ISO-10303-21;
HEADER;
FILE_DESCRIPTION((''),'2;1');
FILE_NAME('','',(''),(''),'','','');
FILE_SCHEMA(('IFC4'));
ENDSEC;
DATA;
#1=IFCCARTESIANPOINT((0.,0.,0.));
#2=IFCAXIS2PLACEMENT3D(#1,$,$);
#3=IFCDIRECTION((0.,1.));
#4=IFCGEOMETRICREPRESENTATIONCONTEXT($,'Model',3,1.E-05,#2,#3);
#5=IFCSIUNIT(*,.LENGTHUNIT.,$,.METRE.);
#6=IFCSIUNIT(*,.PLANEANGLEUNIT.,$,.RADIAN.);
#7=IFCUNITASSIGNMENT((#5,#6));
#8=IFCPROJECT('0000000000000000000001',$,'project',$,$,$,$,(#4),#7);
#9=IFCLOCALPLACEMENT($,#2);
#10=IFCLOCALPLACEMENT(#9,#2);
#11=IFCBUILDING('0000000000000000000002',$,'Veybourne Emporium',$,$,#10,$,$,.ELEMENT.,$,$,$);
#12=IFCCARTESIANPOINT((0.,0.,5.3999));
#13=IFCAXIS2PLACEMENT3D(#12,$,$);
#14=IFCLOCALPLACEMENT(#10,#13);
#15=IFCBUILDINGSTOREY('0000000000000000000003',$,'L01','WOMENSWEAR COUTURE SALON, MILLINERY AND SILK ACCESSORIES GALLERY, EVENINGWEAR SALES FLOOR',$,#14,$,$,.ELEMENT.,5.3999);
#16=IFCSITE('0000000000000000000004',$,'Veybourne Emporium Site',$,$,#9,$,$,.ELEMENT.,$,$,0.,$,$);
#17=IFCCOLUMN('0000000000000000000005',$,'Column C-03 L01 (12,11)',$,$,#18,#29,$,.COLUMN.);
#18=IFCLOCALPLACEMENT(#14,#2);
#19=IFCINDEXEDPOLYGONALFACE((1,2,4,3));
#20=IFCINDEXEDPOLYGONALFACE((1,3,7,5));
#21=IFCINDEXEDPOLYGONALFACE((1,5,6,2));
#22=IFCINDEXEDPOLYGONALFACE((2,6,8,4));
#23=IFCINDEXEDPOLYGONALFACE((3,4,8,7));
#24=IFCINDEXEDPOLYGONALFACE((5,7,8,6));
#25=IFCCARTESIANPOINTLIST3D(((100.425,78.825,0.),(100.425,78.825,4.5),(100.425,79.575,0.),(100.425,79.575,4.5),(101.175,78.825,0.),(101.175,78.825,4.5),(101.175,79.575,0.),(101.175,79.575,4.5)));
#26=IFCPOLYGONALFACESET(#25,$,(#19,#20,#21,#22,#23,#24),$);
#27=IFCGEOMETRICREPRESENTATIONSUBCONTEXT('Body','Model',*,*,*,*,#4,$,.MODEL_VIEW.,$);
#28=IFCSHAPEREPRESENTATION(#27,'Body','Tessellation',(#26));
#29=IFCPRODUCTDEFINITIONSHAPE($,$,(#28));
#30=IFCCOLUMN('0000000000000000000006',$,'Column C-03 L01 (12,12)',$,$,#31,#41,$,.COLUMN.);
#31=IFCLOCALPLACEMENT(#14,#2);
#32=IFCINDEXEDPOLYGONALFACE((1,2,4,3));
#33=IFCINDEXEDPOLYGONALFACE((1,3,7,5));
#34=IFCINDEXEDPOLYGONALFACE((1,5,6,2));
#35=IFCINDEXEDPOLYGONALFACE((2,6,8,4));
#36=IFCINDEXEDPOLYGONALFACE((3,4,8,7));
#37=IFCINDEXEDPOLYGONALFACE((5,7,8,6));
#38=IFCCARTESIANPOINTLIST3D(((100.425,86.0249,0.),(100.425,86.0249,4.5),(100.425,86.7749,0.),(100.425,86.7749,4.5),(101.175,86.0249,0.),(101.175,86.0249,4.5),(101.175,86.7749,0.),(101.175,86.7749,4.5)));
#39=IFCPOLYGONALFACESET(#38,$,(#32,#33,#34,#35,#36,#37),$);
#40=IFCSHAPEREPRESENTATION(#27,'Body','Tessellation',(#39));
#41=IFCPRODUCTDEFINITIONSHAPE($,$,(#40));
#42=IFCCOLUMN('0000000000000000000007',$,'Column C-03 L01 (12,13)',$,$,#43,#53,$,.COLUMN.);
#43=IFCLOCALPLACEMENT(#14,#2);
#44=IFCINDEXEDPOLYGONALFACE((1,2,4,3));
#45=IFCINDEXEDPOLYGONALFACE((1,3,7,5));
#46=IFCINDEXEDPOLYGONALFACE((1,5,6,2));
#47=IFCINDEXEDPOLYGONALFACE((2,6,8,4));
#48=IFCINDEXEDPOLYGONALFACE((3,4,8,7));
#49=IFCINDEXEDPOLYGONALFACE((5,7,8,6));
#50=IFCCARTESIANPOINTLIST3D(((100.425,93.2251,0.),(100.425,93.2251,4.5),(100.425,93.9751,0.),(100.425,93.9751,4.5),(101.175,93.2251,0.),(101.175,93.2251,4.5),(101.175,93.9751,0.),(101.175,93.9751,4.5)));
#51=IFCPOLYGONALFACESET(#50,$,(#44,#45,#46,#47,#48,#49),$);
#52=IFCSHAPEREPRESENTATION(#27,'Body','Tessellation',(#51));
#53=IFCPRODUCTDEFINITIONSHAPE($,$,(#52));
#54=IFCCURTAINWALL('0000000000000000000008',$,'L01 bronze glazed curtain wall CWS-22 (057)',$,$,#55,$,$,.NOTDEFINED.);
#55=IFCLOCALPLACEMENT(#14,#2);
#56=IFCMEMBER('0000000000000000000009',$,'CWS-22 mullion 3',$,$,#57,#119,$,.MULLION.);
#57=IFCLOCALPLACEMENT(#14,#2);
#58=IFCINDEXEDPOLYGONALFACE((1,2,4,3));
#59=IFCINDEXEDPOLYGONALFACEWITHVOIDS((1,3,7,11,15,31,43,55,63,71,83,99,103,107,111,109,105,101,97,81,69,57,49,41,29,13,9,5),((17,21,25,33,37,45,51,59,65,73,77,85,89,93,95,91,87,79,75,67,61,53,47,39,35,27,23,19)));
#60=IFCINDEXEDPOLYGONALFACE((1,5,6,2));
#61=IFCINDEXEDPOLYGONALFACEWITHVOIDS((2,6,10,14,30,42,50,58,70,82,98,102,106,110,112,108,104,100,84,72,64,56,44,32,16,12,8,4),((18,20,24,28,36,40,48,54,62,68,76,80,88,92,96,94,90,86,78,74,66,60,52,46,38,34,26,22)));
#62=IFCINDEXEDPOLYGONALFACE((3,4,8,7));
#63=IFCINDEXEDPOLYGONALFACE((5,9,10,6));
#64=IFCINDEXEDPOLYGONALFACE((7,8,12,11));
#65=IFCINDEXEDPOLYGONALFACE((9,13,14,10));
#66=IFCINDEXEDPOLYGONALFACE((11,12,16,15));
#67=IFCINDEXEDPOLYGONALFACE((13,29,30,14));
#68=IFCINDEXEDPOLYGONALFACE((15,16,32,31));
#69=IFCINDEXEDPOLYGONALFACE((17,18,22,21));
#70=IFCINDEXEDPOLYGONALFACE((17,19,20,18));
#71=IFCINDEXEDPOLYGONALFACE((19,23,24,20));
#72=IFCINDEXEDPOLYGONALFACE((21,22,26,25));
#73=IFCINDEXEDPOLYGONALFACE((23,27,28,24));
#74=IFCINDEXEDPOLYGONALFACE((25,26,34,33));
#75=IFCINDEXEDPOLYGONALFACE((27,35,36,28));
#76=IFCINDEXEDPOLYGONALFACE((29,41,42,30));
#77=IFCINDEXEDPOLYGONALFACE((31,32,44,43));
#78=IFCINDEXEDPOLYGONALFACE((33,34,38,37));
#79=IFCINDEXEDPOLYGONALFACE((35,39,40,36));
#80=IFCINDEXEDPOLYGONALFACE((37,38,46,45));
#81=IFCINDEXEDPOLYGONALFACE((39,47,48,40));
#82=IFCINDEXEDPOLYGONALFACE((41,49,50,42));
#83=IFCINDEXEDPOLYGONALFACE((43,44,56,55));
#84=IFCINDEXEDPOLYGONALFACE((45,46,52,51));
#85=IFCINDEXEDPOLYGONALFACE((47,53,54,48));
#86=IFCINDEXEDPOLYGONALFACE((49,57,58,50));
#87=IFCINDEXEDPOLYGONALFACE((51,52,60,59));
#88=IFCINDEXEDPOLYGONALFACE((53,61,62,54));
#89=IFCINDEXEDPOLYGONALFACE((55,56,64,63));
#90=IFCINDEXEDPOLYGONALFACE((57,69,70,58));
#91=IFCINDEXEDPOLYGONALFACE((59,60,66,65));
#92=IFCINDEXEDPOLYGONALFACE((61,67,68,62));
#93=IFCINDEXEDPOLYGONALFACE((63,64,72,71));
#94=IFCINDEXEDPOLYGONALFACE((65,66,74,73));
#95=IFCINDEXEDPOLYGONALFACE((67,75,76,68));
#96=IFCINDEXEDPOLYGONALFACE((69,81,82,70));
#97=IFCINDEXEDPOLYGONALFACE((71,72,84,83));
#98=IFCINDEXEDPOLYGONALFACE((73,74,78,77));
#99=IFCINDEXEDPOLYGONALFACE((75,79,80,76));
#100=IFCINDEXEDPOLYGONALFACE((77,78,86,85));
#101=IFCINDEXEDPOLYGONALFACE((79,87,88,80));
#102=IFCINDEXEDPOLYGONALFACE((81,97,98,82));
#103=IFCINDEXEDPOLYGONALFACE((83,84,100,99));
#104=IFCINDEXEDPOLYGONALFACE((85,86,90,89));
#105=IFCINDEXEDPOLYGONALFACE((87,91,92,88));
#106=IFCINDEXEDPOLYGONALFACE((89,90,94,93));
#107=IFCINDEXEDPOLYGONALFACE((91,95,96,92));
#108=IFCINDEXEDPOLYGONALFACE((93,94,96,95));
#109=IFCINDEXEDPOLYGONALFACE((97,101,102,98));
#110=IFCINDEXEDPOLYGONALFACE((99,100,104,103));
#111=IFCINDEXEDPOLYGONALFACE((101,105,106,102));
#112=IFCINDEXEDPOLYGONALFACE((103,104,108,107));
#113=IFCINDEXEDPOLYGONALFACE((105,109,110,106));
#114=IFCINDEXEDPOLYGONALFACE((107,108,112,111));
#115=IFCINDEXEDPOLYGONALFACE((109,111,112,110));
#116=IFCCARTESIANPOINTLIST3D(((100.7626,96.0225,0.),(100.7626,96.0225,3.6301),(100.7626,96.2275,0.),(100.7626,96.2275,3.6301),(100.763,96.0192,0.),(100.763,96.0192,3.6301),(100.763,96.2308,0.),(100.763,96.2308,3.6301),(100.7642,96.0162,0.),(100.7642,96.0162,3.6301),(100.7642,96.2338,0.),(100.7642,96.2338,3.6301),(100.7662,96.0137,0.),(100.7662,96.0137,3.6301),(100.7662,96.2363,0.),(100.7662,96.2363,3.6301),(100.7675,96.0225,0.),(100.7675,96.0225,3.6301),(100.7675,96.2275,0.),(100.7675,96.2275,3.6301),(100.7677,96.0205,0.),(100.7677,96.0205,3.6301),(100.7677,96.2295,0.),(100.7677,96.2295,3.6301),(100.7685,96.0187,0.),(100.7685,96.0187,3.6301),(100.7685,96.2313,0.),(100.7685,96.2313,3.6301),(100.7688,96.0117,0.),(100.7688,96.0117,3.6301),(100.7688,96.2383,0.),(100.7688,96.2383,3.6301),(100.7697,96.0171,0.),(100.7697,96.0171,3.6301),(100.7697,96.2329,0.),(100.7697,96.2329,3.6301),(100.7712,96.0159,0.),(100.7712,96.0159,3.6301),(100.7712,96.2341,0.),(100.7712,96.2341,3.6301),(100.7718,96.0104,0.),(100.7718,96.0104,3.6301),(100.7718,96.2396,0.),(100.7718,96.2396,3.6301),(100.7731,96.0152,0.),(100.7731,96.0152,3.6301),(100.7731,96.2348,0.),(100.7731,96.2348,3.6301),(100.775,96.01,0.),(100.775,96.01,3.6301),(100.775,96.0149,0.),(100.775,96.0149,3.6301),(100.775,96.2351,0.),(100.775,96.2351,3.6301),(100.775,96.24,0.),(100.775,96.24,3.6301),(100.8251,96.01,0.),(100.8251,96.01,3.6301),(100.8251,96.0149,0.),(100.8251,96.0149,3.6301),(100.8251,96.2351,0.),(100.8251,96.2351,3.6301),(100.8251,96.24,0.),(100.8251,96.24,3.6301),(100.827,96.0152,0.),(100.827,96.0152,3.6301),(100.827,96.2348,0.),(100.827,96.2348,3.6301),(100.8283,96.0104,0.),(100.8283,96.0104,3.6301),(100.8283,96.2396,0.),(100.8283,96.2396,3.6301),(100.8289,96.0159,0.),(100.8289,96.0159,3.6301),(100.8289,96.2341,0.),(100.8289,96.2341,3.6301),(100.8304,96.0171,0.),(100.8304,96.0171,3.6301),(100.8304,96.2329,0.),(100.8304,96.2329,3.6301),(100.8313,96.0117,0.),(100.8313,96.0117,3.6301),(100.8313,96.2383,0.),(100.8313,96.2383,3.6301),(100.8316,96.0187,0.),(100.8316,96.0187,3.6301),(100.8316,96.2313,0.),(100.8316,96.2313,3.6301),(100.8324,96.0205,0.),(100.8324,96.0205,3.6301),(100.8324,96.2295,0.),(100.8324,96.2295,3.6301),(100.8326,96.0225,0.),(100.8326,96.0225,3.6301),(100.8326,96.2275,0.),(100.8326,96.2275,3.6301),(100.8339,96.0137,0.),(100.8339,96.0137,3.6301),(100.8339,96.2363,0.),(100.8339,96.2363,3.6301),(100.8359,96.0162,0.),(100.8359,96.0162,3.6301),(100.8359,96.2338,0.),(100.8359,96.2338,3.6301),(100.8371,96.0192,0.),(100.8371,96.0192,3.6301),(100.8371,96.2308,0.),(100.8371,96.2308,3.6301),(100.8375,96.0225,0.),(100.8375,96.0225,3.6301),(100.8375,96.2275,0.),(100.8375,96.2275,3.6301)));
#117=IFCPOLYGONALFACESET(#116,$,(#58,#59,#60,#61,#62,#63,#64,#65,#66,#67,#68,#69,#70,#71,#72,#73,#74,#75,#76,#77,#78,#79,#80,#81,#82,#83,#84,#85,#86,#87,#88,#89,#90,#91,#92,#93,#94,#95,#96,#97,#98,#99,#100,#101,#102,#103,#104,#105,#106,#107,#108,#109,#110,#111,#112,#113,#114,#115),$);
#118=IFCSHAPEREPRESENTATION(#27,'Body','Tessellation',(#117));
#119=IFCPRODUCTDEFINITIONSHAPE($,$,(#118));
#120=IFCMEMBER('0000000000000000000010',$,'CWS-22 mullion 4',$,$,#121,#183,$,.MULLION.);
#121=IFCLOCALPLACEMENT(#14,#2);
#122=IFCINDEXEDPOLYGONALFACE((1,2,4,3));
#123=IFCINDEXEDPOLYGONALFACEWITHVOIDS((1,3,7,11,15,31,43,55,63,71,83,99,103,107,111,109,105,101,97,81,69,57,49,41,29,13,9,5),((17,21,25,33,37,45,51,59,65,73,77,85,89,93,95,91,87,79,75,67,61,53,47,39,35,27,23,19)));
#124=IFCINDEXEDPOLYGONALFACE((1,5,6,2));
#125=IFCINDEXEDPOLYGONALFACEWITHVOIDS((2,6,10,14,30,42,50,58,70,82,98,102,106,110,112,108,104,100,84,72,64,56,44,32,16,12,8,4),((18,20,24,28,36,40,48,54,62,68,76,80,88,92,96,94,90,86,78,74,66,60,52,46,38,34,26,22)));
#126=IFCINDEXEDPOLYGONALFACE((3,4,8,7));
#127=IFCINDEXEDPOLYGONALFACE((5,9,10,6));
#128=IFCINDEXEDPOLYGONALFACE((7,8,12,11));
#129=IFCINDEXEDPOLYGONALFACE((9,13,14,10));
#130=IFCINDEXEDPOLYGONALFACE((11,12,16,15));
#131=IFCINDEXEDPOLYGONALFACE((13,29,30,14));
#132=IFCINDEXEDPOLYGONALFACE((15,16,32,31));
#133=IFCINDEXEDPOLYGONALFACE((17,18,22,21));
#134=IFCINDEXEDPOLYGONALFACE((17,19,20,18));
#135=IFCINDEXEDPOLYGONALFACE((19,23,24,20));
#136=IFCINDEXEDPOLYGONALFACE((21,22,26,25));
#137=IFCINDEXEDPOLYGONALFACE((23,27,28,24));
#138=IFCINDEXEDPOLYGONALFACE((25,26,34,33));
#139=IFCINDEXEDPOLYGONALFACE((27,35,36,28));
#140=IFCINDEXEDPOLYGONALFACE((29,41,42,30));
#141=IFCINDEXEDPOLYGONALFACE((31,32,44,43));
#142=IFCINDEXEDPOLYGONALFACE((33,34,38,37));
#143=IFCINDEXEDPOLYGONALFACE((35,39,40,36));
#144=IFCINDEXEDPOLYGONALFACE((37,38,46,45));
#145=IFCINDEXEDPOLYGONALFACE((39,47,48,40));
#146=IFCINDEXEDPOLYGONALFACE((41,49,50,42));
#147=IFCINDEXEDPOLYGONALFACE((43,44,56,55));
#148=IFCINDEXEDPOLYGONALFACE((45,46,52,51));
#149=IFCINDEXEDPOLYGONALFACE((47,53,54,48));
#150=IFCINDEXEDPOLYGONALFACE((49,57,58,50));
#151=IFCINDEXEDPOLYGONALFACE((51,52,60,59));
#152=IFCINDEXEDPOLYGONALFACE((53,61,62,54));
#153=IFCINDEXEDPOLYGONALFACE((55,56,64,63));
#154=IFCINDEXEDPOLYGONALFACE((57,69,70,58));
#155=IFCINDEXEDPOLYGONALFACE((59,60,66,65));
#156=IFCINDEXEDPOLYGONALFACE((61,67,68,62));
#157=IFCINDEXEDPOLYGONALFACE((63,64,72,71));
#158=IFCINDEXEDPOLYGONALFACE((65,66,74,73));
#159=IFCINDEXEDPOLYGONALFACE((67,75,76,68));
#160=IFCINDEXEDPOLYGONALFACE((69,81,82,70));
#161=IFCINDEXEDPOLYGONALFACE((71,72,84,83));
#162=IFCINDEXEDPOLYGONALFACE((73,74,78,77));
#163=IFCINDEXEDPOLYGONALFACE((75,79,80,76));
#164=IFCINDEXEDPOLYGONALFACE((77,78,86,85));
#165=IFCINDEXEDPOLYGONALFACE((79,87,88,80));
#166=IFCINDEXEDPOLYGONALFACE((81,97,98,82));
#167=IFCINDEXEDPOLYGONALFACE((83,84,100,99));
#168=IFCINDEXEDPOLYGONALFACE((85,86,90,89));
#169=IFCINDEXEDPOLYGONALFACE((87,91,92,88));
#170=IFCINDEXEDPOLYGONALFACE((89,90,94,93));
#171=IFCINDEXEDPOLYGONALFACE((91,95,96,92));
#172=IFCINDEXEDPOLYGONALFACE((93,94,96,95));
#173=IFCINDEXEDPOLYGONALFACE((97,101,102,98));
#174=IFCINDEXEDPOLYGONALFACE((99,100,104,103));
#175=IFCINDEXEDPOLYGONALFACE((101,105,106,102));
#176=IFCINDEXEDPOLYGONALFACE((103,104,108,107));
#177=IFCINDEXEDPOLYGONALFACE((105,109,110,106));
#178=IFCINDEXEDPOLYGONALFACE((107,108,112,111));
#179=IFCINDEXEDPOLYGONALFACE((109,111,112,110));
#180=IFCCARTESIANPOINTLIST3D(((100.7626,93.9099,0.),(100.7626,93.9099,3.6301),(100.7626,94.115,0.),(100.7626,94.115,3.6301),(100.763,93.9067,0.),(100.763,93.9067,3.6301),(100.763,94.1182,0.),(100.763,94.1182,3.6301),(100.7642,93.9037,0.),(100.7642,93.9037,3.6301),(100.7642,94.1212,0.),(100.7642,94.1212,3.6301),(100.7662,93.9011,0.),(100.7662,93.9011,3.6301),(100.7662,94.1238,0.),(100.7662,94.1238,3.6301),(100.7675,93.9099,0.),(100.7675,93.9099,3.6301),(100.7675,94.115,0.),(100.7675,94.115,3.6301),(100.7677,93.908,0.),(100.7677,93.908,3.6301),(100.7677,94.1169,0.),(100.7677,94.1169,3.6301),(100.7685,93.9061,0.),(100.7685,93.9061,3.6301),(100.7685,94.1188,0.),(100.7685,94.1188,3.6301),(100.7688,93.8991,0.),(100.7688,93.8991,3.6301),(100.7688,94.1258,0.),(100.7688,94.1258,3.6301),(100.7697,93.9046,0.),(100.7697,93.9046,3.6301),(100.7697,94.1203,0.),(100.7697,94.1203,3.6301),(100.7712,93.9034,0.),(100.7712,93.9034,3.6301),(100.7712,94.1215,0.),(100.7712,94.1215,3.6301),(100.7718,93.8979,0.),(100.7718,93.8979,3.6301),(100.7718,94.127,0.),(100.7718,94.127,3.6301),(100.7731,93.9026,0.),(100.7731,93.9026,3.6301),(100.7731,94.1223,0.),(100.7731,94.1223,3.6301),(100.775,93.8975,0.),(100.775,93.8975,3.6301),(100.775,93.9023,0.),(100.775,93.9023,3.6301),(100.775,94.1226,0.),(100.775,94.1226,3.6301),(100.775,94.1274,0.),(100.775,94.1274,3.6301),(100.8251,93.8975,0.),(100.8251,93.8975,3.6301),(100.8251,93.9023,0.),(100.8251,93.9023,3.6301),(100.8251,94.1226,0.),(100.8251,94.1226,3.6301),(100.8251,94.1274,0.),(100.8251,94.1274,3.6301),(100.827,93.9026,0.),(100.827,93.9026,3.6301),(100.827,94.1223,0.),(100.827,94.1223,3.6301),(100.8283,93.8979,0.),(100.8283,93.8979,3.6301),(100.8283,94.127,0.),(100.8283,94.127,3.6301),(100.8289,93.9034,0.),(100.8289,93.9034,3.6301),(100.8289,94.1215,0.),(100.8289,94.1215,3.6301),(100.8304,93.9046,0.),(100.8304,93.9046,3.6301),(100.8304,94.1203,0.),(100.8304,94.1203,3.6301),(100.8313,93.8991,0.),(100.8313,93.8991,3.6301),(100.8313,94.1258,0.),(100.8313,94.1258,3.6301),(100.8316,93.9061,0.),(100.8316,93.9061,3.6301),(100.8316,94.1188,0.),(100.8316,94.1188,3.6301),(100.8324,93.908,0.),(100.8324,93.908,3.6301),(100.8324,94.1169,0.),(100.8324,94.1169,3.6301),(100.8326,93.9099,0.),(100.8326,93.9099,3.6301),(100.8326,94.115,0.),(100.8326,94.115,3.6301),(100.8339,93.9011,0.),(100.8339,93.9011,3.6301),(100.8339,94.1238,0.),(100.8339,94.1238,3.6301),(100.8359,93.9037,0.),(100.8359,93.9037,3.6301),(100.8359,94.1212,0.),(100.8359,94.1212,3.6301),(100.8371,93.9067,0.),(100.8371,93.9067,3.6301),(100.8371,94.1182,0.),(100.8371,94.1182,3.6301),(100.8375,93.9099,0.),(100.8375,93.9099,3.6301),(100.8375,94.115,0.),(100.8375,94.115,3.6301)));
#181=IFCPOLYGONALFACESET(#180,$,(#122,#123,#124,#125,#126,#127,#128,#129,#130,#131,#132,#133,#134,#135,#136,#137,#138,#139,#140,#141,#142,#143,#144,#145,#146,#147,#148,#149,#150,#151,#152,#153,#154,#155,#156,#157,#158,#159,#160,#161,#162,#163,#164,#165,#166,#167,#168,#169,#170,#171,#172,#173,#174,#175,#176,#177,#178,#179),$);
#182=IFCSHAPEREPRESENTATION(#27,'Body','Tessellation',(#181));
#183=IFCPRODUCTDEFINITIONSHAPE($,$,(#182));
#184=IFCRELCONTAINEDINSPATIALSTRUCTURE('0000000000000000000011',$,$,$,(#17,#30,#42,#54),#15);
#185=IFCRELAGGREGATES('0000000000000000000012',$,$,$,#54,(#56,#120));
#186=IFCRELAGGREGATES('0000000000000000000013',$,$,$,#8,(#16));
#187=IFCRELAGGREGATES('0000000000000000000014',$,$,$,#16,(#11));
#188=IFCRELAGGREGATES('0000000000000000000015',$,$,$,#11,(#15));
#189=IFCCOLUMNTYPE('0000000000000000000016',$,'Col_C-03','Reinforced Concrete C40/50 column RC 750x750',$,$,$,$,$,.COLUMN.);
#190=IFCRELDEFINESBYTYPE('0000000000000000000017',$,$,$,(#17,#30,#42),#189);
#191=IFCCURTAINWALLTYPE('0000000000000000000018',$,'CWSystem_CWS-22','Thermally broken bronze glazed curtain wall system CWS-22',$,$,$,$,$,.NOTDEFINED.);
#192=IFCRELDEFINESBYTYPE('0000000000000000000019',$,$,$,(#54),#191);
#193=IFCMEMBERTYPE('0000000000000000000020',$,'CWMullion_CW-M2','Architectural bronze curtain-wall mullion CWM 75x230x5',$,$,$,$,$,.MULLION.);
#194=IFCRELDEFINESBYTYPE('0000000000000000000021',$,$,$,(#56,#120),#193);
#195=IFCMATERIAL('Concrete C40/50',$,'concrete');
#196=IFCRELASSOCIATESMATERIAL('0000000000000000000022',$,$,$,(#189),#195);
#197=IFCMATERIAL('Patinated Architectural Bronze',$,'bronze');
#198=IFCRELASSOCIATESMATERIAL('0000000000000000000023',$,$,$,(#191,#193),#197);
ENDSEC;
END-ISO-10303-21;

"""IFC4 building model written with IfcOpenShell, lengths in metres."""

from ifc_helpers import new_model, si_unit, direction, frame, origin, origin_2d, place, context, subcontext, project, spatial, rectangle, hollow_rectangle, extrude, material, material_profile, profile_set, type_object, element, aggregate, save


model = new_model("IFC4")

# Units and contexts
model_context = context("Model", 3, precision=1e-05, world=origin(), true_north=direction((0.0, 1.0)))
body_context = subcontext(model_context, "Body", "Model", "MODEL_VIEW")
ifc_project = project(units=[si_unit("LENGTHUNIT", "METRE"), si_unit("PLANEANGLEUNIT", "RADIAN")], contexts=[model_context])

# Site, building, storey
site_placement = place(None, origin())
site = spatial("IfcSite", under=ifc_project, at=site_placement, Name="Veybourne Emporium Site", CompositionType="ELEMENT", RefElevation=0.0)
building_placement = place(site_placement, origin())
building = spatial("IfcBuilding", under=site, at=building_placement, Name="Veybourne Emporium", CompositionType="ELEMENT")
storey_placement = place(building_placement, frame((0.0, 0.0, 5.3999)))
storey = spatial("IfcBuildingStorey", under=building, at=storey_placement, Name="L01", Description="WOMENSWEAR COUTURE SALON, MILLINERY AND SILK ACCESSORIES GALLERY, EVENINGWEAR SALES FLOOR", CompositionType="ELEMENT", Elevation=5.3999)

# Columns
ifc_material_1 = material(Name="Concrete C40/50", Category="concrete")
ifc_material_profile_1 = material_profile(ifc_material_1, rectangle(XDim=0.75, YDim=0.75, at=origin_2d()), Name="RC 750x750")
ifc_profile_set_1 = profile_set([ifc_material_profile_1], Name="Concrete C40/50")
column_type = type_object("IfcColumnType", Name="Col_C-03", Description="Reinforced Concrete C40/50 column RC 750x750", PredefinedType="COLUMN", material=ifc_profile_set_1)
for number, where, z_axis, x_axis, name in (
    (1, (100.8, 79.2, 0.0), (0.0, 0.0, 1.0), (1.0, 0.0, 0.0), "Column C-03 L01 (12,11)"),
    (2, (100.8, 86.3999, 0.0), (0.0, 0.0, 1.0), (1.0, 0.0, 0.0), "Column C-03 L01 (12,12)"),
    (3, (100.8, 93.6001, 0.0), (0.0, 0.0, 1.0), (1.0, 0.0, 0.0), "Column C-03 L01 (12,13)"),
):
    element("IfcColumn", number, at=place(storey_placement, frame(where, z_axis=z_axis, x_axis=x_axis)), inside=storey, type_object=column_type, Name=name, PredefinedType="COLUMN", context=body_context, shape_type="SweptSolid", body=[
        extrude(rectangle(XDim=0.75, YDim=0.75, at=origin_2d()), origin(), (0.0, 0.0, 1.0), 4.5),
    ])

# Curtain wall, members
ifc_material_2 = material(Name="Patinated Architectural Bronze", Category="bronze")
curtain_wall_type = type_object("IfcCurtainWallType", Name="CWSystem_CWS-22", Description="Thermally broken bronze glazed curtain wall system CWS-22", PredefinedType="NOTDEFINED", material=ifc_material_2)
curtain_wall_placement = place(storey_placement, origin())
curtain_wall = element("IfcCurtainWall", 4, at=curtain_wall_placement, inside=storey, type_object=curtain_wall_type, Name="L01 bronze glazed curtain wall CWS-22 (057)", PredefinedType="NOTDEFINED")
ifc_material_profile_2 = material_profile(ifc_material_2, hollow_rectangle(XDim=0.075, YDim=0.23, WallThickness=0.0049, InnerFilletRadius=0.0076, OuterFilletRadius=0.0125, at=origin_2d()), Name="CWM 75x230x5")
ifc_profile_set_2 = profile_set([ifc_material_profile_2], Name="Patinated Architectural Bronze")
member_type_1 = type_object("IfcMemberType", Name="CWMullion_CW-M2", Description="Architectural bronze curtain-wall mullion CWM 75x230x5", PredefinedType="MULLION", material=ifc_profile_set_2)
member_1_placement = place(storey_placement, frame((100.8, 96.125, 0.0), z_axis=(0.0, 0.0, 1.0), x_axis=(1.0, 0.0, 0.0)))
member_1 = element("IfcMember", 5, at=member_1_placement, type_object=member_type_1, Name="CWS-22 mullion 3", PredefinedType="MULLION", context=body_context, shape_type="SweptSolid", body=[
    extrude(hollow_rectangle(XDim=0.075, YDim=0.23, WallThickness=0.0049, InnerFilletRadius=0.0076, OuterFilletRadius=0.0125, at=origin_2d()), origin(), (0.0, 0.0, 1.0), 3.6301),
])
member_2_placement = place(storey_placement, frame((100.8, 94.0125, 0.0), z_axis=(0.0, 0.0, 1.0), x_axis=(1.0, 0.0, 0.0)))
member_2 = element("IfcMember", 6, at=member_2_placement, type_object=member_type_1, Name="CWS-22 mullion 4", PredefinedType="MULLION", context=body_context, shape_type="SweptSolid", body=[
    extrude(hollow_rectangle(XDim=0.075, YDim=0.23, WallThickness=0.0049, InnerFilletRadius=0.0076, OuterFilletRadius=0.0125, at=origin_2d()), origin(), (0.0, 0.0, 1.0), 3.6301),
])

aggregate(curtain_wall, [member_1, member_2])

save(model, "model.ifc")
